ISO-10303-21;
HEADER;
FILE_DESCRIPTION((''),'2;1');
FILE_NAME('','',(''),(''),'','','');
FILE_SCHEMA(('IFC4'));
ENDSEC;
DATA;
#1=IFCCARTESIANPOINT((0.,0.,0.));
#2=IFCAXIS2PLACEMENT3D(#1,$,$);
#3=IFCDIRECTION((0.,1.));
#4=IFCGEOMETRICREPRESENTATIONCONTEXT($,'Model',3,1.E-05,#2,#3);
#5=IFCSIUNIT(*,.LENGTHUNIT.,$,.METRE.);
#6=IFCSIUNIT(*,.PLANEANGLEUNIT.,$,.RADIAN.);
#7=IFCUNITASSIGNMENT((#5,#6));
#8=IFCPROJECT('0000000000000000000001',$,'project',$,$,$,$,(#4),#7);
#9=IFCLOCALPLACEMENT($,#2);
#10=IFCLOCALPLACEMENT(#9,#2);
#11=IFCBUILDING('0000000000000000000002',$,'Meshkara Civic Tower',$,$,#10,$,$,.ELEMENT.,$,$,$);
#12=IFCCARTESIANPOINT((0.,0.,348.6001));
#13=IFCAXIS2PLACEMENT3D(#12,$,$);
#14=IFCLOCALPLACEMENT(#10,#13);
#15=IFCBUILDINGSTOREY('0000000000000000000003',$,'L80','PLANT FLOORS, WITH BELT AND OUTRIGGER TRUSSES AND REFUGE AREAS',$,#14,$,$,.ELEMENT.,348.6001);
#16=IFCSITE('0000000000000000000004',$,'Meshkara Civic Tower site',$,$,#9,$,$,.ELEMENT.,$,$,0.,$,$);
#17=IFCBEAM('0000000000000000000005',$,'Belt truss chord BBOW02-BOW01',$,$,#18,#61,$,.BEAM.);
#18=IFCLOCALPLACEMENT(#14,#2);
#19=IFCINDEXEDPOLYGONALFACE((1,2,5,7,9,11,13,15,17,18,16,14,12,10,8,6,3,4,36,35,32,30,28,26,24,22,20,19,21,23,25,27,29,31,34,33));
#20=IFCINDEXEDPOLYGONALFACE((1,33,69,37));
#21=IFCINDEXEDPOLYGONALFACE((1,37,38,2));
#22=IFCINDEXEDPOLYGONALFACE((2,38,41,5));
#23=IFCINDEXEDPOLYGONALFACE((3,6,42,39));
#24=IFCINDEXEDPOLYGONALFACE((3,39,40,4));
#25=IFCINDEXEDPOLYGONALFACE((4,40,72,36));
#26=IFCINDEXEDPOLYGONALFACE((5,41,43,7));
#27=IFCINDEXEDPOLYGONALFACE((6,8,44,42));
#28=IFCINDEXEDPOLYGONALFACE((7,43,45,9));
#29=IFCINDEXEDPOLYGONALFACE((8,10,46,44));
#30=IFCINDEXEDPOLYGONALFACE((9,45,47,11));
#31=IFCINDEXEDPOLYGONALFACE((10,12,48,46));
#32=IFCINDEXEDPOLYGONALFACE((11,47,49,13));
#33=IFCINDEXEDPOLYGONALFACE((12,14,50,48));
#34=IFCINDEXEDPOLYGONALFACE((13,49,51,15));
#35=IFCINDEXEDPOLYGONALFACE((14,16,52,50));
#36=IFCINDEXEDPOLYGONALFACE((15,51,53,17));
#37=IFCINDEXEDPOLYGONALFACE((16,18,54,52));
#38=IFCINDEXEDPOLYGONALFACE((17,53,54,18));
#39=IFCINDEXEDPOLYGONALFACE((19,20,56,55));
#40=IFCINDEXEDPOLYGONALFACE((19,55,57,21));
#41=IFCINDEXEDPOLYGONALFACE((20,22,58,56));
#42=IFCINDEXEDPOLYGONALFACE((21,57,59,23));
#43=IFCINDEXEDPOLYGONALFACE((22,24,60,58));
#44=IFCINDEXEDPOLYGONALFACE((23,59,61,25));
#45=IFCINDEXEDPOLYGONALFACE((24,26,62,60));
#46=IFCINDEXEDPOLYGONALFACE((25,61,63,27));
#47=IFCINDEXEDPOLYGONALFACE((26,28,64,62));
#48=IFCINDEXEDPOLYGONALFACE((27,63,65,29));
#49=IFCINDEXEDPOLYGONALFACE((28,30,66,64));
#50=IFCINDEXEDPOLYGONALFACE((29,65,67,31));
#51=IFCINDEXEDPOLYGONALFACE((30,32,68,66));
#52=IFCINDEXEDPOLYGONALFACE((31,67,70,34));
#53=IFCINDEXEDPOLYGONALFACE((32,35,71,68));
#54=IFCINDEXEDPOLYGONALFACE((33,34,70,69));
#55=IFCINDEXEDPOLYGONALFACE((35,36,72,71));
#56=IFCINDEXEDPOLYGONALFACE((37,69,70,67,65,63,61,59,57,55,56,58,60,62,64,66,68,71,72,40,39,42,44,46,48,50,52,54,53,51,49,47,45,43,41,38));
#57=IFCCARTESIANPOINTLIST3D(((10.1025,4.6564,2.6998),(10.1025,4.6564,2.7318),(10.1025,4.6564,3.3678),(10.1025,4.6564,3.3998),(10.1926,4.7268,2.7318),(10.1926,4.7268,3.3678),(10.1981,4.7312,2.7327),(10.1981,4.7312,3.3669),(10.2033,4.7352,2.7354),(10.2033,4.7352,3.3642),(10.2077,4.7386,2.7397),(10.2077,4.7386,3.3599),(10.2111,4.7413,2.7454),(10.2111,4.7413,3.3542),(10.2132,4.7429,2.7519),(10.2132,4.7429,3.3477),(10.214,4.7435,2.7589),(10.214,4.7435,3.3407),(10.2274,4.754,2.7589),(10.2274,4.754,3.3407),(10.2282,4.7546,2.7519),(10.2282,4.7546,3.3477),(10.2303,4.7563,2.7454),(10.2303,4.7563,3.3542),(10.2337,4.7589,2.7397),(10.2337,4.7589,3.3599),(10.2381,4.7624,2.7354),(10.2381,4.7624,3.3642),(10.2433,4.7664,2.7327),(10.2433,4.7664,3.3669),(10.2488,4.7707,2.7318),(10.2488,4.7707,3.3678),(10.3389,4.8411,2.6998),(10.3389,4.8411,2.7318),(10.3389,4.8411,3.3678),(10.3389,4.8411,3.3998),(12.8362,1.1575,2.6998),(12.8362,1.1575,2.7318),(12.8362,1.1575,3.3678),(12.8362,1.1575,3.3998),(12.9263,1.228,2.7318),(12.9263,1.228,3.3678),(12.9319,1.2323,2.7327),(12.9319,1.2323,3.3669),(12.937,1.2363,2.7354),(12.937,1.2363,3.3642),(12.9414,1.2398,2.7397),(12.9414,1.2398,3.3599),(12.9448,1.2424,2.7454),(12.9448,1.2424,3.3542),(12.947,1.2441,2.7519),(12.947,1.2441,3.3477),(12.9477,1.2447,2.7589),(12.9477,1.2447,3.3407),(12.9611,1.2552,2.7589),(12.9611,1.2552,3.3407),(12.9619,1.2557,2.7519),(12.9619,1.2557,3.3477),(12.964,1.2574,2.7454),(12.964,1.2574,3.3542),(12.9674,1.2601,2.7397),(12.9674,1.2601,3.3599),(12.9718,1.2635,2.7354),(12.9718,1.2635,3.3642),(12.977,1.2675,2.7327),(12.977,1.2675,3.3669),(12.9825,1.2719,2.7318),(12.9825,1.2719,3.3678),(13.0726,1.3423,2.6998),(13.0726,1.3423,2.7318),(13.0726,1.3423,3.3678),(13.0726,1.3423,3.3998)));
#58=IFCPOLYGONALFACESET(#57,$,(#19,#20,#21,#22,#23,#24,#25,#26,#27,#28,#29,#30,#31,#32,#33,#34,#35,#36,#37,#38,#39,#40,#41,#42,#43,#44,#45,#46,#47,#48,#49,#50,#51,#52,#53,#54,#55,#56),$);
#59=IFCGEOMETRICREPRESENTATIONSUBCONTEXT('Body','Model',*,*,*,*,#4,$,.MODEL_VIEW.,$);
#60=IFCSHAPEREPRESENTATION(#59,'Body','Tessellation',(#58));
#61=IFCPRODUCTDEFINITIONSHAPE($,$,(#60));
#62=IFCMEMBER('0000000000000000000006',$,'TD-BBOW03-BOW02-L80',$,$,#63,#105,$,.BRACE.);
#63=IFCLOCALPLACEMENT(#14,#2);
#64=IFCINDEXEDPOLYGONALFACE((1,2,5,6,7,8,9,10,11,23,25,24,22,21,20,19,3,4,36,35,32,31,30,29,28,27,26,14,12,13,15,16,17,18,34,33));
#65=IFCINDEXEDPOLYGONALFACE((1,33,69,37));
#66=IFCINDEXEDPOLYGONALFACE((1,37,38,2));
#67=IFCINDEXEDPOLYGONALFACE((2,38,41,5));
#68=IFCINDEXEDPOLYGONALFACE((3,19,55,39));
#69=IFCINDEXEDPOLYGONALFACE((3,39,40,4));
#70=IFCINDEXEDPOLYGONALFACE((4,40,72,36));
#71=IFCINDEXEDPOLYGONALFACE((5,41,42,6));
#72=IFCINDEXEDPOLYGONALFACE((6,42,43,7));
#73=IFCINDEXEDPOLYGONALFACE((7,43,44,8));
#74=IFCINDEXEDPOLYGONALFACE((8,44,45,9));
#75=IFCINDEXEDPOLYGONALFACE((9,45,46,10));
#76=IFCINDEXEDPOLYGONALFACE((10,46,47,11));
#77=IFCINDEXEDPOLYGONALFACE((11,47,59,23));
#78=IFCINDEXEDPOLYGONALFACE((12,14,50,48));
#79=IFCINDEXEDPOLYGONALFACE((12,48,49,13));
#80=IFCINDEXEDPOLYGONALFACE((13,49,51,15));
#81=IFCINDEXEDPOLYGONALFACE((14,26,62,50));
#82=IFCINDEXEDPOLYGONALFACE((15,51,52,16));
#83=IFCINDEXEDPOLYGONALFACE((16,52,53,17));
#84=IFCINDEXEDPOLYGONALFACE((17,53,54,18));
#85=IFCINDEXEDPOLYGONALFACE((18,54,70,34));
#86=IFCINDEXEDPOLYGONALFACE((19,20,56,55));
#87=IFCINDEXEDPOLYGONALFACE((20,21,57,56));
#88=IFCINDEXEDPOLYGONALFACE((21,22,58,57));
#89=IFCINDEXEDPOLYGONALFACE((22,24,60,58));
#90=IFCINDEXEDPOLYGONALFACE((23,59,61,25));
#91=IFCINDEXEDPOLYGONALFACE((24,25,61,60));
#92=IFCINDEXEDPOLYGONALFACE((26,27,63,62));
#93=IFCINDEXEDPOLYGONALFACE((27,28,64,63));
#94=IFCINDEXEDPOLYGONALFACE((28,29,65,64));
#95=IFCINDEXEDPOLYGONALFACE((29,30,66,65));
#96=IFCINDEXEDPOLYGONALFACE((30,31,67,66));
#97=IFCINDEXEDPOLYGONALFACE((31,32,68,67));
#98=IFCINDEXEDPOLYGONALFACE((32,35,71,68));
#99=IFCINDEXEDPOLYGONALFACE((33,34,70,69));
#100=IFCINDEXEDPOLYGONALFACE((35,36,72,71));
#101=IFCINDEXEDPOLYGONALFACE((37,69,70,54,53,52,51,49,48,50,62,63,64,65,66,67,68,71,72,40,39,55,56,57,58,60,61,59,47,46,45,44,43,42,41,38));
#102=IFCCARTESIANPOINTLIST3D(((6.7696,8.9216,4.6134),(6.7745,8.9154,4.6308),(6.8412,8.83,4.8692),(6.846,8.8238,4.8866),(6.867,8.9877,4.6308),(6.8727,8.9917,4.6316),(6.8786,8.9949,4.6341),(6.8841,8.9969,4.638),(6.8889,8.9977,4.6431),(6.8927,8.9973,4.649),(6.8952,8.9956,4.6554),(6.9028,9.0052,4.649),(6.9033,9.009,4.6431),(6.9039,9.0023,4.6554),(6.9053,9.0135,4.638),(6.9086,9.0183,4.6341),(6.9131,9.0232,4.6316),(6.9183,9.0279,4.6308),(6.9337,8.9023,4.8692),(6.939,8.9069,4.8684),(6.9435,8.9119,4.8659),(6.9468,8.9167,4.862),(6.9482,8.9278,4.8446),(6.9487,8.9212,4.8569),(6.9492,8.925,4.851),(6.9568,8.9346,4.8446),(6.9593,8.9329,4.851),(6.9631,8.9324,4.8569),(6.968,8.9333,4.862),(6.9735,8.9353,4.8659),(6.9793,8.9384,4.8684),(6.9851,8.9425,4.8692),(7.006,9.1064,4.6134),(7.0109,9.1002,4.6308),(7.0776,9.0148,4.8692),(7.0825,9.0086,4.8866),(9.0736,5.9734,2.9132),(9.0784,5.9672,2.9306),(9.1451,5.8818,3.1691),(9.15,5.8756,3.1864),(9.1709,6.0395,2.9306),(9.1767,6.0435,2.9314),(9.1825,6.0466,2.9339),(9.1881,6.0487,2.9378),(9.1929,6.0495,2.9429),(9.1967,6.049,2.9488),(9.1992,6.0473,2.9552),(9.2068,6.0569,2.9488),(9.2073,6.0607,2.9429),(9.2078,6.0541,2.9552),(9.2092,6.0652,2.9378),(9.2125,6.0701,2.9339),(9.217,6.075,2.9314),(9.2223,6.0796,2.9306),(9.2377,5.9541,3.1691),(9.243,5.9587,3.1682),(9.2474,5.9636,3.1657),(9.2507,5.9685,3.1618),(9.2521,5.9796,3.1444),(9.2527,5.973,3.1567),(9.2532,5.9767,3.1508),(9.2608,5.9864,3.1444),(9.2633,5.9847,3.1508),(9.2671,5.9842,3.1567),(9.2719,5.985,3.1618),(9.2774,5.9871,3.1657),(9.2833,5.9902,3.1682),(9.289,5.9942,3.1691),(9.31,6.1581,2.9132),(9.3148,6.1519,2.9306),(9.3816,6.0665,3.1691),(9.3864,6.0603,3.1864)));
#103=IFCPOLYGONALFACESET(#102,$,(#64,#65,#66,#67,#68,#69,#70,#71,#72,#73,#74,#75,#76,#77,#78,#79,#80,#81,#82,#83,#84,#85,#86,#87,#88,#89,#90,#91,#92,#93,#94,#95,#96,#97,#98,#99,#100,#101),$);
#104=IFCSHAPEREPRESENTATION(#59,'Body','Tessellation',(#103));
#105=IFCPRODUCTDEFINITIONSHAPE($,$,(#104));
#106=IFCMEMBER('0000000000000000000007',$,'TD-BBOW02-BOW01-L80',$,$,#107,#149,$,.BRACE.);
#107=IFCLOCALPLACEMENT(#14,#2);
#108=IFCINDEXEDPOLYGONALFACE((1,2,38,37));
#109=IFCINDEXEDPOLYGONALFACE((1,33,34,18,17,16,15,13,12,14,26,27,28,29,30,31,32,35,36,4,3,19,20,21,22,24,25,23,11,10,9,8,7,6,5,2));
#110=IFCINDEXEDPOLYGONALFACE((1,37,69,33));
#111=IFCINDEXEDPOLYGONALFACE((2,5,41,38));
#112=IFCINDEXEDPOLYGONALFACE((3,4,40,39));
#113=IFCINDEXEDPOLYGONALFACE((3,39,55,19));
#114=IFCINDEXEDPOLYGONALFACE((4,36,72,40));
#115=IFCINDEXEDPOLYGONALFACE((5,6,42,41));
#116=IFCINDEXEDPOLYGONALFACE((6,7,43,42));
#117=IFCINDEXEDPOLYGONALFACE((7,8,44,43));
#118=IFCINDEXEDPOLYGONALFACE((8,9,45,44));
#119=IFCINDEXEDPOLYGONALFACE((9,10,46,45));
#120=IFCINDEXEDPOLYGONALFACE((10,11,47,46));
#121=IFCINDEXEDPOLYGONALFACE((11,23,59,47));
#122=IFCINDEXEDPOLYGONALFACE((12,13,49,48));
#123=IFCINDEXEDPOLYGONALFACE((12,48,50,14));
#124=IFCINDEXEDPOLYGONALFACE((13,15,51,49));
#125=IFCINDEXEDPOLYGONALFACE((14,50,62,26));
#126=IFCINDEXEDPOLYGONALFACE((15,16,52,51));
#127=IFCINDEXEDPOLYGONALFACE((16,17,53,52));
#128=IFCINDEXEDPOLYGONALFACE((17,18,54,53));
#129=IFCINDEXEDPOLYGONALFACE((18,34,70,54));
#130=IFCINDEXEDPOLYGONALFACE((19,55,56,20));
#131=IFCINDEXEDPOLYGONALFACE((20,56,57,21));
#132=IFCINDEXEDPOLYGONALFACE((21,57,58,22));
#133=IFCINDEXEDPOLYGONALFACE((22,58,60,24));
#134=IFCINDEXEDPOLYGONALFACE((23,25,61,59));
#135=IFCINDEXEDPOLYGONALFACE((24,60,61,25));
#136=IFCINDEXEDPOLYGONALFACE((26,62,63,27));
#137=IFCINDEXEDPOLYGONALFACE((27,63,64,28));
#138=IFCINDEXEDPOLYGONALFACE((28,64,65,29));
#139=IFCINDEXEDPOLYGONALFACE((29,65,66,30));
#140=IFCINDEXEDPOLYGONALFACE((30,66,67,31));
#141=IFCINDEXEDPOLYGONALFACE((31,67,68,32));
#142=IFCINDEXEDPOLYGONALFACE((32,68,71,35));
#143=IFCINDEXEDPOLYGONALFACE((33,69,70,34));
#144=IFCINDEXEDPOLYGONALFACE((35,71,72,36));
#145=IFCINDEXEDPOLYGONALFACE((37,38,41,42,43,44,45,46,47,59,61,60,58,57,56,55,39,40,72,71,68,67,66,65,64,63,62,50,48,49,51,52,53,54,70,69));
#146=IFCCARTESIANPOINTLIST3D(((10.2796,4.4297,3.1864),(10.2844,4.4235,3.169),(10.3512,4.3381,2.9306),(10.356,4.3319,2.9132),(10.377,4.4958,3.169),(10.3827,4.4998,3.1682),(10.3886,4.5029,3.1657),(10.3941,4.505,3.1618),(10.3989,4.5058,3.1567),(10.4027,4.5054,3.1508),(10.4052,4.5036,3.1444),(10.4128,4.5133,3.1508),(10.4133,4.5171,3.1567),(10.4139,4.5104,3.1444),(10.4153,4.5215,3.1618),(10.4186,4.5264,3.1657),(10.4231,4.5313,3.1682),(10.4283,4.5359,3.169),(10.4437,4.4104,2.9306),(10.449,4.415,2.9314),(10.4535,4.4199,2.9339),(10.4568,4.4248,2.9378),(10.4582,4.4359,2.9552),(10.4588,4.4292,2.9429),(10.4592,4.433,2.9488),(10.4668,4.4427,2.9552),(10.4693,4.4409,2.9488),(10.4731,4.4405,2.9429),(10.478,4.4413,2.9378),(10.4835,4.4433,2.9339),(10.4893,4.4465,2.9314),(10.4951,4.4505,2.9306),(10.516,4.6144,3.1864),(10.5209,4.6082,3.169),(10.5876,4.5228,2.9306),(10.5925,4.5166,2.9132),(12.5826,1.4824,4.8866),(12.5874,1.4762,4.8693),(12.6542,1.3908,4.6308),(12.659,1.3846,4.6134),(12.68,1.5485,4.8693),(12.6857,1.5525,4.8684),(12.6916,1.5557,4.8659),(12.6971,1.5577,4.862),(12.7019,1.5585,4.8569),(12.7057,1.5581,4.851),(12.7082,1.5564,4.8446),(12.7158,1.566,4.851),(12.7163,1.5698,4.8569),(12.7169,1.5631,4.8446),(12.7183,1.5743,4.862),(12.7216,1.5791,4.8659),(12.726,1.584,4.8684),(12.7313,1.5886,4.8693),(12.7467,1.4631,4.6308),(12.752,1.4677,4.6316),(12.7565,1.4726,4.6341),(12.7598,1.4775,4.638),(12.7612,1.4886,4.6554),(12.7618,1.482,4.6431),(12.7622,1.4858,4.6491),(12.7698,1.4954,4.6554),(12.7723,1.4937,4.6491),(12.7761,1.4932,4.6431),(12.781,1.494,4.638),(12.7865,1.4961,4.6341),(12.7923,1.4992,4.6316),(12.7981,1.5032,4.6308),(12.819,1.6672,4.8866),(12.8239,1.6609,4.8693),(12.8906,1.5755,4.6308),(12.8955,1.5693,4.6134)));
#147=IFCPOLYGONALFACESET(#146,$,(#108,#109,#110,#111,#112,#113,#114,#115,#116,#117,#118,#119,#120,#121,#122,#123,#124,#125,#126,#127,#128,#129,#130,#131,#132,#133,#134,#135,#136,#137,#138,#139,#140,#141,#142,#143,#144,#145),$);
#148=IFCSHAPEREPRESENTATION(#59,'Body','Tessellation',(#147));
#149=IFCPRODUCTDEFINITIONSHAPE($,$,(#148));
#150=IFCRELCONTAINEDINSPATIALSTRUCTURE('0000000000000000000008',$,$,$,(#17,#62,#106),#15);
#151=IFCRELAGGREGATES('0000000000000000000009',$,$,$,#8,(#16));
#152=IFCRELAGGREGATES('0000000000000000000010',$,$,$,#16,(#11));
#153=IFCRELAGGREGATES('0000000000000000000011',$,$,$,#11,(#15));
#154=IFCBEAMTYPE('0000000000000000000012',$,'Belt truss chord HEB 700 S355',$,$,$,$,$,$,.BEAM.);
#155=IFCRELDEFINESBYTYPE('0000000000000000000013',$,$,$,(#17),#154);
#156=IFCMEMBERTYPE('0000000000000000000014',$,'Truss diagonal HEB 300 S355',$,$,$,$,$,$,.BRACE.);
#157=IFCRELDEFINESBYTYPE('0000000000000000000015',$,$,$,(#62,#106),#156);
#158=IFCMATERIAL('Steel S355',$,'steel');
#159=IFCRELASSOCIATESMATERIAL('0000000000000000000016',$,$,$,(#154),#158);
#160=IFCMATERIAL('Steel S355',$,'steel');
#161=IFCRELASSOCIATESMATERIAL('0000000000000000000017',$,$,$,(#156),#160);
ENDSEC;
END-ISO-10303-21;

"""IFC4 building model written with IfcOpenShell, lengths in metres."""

from ifc_helpers import new_model, si_unit, direction, frame, origin, origin_2d, place, context, subcontext, project, spatial, i_section, extrude, material, material_profile, profile_set, type_object, element, save


model = new_model("IFC4")

# Units and contexts
model_context = context("Model", 3, precision=1e-05, world=origin(), true_north=direction((0.0, 1.0)))
body_context = subcontext(model_context, "Body", "Model", "MODEL_VIEW")
ifc_project = project(units=[si_unit("LENGTHUNIT", "METRE"), si_unit("PLANEANGLEUNIT", "RADIAN")], contexts=[model_context])

# Site, building, storey
site_placement = place(None, origin())
site = spatial("IfcSite", under=ifc_project, at=site_placement, Name="Meshkara Civic Tower site", CompositionType="ELEMENT", RefElevation=0.0)
building_placement = place(site_placement, origin())
building = spatial("IfcBuilding", under=site, at=building_placement, Name="Meshkara Civic Tower", CompositionType="ELEMENT")
storey_placement = place(building_placement, frame((0.0, 0.0, 348.6001)))
storey = spatial("IfcBuildingStorey", under=building, at=storey_placement, Name="L80", Description="PLANT FLOORS, WITH BELT AND OUTRIGGER TRUSSES AND REFUGE AREAS", CompositionType="ELEMENT", Elevation=348.6001)

# Beam
ifc_material_1 = material(Name="Steel S355", Category="steel")
ifc_material_profile_1 = material_profile(ifc_material_1, i_section(OverallWidth=0.3, OverallDepth=0.7, WebThickness=0.0171, FlangeThickness=0.032, FilletRadius=0.0271, at=origin_2d()))
ifc_profile_set_1 = profile_set([ifc_material_profile_1], Name="Steel S355")
beam_type = type_object("IfcBeamType", Name="Belt truss chord HEB 700 S355", PredefinedType="BEAM", material=ifc_profile_set_1)
for number, where, z_axis, x_axis, name in (
    (1, (10.2207, 4.7488, 3.0498), (0.615675, -0.788, 0.0), (0.788, 0.615675, 0.0), "Belt truss chord BBOW02-BOW01"),
):
    element("IfcBeam", number, at=place(storey_placement, frame(where, z_axis=z_axis, x_axis=x_axis)), inside=storey, type_object=beam_type, Name=name, PredefinedType="BEAM", context=body_context, shape_type="SweptSolid", body=[
        extrude(i_section(OverallWidth=0.3, OverallDepth=0.7, WebThickness=0.0171, FlangeThickness=0.032, FilletRadius=0.0271, at=origin_2d()), origin(), (0.0, 0.0, 1.0), 4.4402),
    ])

# Members
ifc_material_2 = material(Name="Steel S355", Category="steel")
ifc_material_profile_2 = material_profile(ifc_material_2, i_section(OverallWidth=0.3, OverallDepth=0.3, WebThickness=0.011, FlangeThickness=0.019, FilletRadius=0.0271, at=origin_2d()))
ifc_profile_set_2 = profile_set([ifc_material_profile_2], Name="Steel S355")
member_type = type_object("IfcMemberType", Name="Truss diagonal HEB 300 S355", PredefinedType="BRACE", material=ifc_profile_set_2)
member_1_placement = place(storey_placement, frame((6.926, 8.9651, 4.75), z_axis=(0.560591, -0.717357, -0.413686), x_axis=(0.787941, 0.61575, 0.0)))
element("IfcMember", 2, at=member_1_placement, inside=storey, type_object=member_type, Name="TD-BBOW03-BOW02-L80", PredefinedType="BRACE", context=body_context, shape_type="SweptSolid", body=[
    extrude(i_section(OverallWidth=0.3, OverallDepth=0.3, WebThickness=0.011, FlangeThickness=0.019, FilletRadius=0.0271, at=origin_2d()), origin(), (0.0, 0.0, 1.0), 4.1099),
])
member_2_placement = place(storey_placement, frame((10.436, 4.4731, 3.0498), z_axis=(0.560524, -0.717337, 0.413812), x_axis=(0.787969, 0.615715, 0.0)))
element("IfcMember", 3, at=member_2_placement, inside=storey, type_object=member_type, Name="TD-BBOW02-BOW01-L80", PredefinedType="BRACE", context=body_context, shape_type="SweptSolid", body=[
    extrude(i_section(OverallWidth=0.3, OverallDepth=0.3, WebThickness=0.011, FlangeThickness=0.019, FilletRadius=0.0271, at=origin_2d()), origin(), (0.0, 0.0, 1.0), 4.1086),
])

save(model, "model.ifc")
